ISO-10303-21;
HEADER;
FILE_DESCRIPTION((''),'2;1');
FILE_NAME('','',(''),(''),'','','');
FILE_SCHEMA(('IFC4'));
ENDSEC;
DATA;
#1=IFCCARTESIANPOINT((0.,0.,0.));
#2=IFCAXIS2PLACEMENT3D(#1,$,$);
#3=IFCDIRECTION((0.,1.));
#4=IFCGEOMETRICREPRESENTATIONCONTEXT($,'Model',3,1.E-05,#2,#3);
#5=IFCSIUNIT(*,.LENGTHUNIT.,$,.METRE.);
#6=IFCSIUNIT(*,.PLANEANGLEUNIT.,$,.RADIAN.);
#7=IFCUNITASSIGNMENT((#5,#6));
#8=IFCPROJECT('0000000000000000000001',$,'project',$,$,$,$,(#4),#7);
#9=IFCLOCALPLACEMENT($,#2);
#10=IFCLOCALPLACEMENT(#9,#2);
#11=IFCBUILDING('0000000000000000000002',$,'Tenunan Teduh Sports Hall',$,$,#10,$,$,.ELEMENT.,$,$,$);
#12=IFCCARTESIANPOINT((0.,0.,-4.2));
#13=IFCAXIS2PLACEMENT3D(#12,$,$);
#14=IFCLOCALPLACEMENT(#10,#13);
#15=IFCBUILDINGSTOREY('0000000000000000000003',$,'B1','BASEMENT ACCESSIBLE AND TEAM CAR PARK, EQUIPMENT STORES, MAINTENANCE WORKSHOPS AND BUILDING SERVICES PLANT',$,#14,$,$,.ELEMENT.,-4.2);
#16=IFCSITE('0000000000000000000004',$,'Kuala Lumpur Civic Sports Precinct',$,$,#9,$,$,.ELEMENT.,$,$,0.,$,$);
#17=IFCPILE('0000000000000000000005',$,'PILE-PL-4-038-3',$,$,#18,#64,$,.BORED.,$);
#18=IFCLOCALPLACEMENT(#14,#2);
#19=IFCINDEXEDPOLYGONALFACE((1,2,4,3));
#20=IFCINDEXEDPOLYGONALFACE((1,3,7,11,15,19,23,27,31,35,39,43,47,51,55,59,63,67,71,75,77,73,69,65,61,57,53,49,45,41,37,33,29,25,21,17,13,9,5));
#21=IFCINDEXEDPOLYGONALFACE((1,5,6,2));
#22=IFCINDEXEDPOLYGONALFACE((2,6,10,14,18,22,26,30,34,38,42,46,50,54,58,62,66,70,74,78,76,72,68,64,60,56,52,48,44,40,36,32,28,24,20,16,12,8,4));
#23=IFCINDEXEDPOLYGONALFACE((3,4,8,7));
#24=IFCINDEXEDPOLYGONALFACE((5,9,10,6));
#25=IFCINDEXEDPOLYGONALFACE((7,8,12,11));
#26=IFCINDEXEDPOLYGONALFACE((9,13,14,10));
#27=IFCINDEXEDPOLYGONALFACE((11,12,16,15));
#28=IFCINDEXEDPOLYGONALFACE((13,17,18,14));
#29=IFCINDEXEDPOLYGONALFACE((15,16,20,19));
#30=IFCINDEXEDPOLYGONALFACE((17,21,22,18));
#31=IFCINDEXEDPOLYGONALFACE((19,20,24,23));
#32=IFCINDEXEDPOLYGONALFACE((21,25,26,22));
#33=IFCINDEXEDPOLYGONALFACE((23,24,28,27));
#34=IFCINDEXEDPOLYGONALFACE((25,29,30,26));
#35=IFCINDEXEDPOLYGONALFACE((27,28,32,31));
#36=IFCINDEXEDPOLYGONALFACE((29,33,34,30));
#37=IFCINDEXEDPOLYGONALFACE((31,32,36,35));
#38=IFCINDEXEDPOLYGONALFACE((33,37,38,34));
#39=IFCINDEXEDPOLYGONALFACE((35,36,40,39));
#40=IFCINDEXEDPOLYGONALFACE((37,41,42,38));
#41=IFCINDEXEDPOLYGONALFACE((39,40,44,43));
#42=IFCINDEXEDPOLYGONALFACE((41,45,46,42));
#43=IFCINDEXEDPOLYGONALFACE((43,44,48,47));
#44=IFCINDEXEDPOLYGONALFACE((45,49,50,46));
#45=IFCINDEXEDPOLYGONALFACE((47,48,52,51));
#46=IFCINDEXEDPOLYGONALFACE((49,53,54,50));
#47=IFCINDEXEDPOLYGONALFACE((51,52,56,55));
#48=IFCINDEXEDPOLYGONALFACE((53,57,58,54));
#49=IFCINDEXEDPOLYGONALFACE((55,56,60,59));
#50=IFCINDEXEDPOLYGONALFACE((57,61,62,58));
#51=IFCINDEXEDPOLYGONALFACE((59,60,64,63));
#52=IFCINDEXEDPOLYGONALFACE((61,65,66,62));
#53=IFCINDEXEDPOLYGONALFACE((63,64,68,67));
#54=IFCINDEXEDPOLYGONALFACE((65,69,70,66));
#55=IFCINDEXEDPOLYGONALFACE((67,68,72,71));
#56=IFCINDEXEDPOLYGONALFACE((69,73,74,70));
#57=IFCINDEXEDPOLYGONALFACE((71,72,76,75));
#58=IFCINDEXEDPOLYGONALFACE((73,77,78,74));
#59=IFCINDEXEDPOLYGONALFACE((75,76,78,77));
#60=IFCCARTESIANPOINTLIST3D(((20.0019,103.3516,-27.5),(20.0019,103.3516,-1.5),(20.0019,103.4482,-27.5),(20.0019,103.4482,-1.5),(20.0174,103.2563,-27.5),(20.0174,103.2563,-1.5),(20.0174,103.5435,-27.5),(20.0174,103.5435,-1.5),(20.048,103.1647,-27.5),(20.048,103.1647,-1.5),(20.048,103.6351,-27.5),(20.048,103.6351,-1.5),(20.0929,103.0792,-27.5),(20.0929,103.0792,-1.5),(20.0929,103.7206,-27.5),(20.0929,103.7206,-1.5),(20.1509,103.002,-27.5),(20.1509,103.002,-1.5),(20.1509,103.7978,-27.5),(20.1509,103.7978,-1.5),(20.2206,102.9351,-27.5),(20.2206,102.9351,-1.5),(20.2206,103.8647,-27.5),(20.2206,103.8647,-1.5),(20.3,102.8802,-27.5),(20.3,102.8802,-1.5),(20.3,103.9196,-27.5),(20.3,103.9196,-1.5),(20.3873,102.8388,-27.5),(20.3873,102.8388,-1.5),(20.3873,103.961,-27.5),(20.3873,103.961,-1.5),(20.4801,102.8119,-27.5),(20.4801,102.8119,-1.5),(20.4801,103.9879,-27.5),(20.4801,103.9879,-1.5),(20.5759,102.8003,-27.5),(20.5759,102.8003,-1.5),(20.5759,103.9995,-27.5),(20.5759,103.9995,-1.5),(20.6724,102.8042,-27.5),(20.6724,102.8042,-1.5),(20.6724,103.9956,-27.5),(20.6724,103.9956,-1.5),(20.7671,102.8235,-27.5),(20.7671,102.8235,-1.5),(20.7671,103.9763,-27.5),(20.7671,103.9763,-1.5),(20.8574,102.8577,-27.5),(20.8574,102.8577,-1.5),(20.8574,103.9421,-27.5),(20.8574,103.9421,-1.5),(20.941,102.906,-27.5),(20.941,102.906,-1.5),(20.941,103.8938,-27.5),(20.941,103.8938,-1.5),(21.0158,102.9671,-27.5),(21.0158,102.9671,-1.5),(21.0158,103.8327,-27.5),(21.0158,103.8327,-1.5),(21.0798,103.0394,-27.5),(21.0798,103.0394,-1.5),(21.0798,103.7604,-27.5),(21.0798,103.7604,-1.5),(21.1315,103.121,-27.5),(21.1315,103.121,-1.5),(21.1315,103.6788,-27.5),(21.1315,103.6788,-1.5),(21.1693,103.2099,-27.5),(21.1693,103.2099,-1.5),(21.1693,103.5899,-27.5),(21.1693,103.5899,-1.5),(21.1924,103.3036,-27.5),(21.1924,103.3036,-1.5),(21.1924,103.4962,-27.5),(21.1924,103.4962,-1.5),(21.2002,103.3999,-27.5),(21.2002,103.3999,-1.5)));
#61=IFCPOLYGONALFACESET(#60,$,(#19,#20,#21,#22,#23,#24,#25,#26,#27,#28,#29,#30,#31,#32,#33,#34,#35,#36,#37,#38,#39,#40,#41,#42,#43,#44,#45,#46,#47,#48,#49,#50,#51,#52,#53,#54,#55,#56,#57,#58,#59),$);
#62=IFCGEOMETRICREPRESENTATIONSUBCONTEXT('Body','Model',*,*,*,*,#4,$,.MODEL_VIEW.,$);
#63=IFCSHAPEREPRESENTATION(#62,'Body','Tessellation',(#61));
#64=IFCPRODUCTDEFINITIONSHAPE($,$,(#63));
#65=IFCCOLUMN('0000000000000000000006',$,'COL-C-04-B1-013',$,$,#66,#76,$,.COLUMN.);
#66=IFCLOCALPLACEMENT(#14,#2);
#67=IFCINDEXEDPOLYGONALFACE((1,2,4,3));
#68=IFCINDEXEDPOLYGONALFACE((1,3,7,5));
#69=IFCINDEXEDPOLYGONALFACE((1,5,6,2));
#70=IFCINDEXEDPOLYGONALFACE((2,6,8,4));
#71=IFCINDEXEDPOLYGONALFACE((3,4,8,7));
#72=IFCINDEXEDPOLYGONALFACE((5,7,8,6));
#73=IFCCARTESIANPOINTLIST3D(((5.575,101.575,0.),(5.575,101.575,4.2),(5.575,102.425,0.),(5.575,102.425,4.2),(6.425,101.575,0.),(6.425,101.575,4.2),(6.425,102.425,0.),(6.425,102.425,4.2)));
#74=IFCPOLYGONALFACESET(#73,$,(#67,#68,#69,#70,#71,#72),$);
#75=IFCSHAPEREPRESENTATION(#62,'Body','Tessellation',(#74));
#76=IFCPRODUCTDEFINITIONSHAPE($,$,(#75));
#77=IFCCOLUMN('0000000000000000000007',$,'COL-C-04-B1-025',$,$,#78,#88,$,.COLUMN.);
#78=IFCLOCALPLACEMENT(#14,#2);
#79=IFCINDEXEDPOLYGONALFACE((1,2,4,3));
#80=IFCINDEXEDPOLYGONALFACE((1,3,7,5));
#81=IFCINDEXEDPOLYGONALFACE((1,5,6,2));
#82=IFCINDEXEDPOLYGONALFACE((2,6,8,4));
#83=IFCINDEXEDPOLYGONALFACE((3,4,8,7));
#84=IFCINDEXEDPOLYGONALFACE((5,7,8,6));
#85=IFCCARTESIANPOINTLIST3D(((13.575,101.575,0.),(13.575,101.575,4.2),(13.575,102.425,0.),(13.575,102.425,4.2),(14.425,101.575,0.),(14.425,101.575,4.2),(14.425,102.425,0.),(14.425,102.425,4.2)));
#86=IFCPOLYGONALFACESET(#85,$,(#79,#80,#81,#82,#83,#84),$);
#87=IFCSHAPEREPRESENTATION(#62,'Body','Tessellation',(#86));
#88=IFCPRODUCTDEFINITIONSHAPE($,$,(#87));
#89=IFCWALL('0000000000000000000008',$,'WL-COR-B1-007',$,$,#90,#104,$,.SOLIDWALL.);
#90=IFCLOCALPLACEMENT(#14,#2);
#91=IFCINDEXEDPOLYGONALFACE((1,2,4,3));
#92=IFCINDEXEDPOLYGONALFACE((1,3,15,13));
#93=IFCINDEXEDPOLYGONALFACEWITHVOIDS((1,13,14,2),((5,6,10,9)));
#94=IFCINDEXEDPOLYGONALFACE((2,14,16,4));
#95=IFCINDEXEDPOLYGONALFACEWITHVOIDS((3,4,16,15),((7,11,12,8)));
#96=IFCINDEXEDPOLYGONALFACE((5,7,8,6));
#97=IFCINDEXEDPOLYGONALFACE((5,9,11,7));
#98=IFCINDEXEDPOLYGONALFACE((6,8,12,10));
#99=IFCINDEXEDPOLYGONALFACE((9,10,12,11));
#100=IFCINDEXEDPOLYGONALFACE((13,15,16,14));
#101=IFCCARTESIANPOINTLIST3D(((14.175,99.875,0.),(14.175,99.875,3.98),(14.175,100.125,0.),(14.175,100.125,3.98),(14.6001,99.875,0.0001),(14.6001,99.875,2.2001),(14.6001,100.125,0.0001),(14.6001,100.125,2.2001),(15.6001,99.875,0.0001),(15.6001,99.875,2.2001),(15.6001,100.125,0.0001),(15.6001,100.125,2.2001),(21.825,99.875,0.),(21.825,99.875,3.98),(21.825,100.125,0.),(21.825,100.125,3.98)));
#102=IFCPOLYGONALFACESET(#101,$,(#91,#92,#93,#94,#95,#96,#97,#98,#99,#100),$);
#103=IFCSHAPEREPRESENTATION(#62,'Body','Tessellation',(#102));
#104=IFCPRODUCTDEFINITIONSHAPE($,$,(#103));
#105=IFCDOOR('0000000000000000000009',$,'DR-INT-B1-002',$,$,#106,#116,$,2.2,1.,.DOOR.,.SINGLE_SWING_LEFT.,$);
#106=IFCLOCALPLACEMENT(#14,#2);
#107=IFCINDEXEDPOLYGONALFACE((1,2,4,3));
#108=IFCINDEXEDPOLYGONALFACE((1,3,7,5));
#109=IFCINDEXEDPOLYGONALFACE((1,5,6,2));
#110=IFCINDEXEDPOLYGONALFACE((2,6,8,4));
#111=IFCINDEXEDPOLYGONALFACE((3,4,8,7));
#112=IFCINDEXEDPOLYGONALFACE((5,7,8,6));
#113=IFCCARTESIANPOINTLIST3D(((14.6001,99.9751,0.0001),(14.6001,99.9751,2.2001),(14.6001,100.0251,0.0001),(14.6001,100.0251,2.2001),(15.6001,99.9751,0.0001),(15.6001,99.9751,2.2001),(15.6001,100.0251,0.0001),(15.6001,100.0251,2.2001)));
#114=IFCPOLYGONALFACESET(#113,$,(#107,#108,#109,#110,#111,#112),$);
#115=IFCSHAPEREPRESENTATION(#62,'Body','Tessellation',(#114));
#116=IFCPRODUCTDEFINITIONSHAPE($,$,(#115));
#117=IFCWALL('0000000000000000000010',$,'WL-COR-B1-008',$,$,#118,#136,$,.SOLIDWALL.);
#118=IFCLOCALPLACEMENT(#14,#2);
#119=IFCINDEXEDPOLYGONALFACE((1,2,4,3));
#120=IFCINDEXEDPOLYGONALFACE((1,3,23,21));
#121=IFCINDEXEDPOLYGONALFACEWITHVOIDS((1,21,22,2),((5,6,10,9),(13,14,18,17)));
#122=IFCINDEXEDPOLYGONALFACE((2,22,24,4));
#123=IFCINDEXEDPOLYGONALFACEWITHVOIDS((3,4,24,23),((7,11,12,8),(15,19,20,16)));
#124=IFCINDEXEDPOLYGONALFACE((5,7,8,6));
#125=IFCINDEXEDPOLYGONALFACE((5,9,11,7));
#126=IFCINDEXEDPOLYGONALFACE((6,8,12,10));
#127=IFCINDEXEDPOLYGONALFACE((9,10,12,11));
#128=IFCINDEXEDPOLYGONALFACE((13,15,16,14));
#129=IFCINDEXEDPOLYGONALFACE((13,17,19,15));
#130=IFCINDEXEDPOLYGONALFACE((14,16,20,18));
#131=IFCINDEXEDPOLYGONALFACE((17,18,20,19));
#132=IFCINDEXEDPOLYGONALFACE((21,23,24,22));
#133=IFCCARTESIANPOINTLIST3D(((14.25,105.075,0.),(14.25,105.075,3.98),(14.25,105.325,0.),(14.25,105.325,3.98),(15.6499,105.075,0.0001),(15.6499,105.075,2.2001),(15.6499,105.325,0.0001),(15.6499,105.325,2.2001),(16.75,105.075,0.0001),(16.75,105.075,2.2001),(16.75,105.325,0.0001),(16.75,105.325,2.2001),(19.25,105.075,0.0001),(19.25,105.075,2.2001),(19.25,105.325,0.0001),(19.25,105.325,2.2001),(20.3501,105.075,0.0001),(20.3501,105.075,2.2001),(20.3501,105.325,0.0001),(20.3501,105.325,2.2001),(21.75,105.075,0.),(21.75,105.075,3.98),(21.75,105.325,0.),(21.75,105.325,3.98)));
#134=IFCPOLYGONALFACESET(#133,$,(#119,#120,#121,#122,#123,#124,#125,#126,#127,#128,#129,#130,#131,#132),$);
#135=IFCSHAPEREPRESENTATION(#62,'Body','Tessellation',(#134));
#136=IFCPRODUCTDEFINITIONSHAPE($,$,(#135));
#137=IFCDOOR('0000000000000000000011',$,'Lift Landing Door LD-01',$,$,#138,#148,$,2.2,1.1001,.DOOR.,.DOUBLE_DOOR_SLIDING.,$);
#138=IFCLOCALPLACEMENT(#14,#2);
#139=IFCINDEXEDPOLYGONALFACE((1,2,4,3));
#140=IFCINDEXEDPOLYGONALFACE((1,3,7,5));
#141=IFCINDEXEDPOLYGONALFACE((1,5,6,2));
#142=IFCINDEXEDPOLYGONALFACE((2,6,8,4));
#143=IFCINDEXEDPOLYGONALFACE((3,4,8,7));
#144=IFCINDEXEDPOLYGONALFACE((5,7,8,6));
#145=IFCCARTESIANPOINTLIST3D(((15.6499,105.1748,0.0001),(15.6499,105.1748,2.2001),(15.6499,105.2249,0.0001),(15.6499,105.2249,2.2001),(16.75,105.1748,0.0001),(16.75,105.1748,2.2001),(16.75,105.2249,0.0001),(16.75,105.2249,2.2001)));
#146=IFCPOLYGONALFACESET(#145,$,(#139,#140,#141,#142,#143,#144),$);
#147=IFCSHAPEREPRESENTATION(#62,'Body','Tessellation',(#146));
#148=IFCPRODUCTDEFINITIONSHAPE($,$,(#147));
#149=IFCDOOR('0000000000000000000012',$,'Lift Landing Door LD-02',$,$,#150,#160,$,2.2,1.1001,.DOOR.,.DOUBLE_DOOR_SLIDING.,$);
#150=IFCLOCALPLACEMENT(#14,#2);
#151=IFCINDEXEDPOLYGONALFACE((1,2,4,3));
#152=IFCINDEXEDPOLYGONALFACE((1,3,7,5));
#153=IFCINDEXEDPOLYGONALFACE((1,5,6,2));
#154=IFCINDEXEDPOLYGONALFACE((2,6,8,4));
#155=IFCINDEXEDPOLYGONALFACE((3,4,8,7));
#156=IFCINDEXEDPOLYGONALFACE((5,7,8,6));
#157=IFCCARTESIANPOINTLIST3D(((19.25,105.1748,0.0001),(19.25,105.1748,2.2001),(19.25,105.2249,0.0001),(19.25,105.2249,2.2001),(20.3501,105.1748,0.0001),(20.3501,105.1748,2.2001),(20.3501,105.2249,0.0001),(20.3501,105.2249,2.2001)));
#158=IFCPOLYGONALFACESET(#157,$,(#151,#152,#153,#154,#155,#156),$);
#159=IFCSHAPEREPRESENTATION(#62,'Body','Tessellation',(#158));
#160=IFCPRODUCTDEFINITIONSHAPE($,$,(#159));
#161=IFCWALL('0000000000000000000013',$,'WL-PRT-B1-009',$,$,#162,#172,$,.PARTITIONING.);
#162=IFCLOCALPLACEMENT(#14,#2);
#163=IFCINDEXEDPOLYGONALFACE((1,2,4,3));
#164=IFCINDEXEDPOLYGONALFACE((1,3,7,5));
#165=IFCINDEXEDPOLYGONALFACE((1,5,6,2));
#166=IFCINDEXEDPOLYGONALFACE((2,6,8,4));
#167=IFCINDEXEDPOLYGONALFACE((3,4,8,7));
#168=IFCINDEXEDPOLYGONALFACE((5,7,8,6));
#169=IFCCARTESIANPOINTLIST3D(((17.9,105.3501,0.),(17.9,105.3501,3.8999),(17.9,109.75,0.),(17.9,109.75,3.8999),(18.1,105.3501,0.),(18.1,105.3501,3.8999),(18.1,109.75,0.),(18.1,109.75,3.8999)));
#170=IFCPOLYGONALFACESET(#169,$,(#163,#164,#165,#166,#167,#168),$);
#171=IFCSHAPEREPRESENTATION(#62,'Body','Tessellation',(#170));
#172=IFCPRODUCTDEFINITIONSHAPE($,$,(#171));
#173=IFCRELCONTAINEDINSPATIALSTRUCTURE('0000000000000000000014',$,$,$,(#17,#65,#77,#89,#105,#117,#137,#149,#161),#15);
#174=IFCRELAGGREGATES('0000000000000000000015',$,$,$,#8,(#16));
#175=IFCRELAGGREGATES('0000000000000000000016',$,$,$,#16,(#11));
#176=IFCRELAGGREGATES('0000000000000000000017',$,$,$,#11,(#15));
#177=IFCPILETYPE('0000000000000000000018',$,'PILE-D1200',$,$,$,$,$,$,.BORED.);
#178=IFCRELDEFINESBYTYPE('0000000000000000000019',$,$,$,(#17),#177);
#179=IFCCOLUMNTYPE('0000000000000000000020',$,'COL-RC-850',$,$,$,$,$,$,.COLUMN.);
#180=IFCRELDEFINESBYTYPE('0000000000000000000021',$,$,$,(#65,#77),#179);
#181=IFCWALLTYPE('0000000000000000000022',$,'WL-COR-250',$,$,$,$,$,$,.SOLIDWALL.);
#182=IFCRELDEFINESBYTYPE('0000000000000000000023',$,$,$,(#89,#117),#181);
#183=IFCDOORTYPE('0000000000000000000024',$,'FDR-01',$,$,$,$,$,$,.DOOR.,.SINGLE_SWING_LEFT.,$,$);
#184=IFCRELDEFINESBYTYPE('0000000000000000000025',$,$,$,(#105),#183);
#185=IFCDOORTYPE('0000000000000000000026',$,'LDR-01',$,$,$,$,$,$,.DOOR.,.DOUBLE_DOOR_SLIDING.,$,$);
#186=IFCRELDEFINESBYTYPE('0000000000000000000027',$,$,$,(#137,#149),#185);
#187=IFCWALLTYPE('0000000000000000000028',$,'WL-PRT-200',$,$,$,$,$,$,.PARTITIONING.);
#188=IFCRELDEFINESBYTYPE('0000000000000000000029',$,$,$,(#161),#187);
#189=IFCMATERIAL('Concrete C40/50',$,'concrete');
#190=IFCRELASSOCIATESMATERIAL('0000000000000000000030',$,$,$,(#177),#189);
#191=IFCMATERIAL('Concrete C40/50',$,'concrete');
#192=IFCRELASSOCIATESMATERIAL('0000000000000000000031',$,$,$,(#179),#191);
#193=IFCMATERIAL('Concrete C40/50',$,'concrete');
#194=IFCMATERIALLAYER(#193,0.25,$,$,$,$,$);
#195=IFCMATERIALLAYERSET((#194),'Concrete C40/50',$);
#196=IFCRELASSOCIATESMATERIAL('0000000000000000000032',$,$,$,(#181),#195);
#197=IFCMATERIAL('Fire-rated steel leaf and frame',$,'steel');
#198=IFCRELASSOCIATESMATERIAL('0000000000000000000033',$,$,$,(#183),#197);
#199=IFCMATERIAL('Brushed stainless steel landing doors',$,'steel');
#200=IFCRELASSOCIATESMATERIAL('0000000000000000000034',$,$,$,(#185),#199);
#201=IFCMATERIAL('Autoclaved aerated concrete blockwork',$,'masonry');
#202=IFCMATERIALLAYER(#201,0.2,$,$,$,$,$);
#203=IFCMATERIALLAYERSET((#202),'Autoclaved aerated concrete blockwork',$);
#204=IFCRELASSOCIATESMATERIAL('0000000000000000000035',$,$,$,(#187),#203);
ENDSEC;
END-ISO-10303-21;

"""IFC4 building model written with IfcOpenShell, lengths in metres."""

from ifc_helpers import new_model, si_unit, direction, frame, frame_2d, origin, origin_2d, place, context, subcontext, project, spatial, rectangle, circle, extrude, material, layer, layer_set, material_profile, profile_set, type_object, element, fill, save


model = new_model("IFC4")

# Units and contexts
model_context = context("Model", 3, precision=1e-05, world=origin(), true_north=direction((0.0, 1.0)))
body_context = subcontext(model_context, "Body", "Model", "MODEL_VIEW")
ifc_project = project(units=[si_unit("LENGTHUNIT", "METRE"), si_unit("PLANEANGLEUNIT", "RADIAN")], contexts=[model_context])

# Site, building, storey
site_placement = place(None, origin())
site = spatial("IfcSite", under=ifc_project, at=site_placement, Name="Kuala Lumpur Civic Sports Precinct", CompositionType="ELEMENT", RefElevation=0.0)
building_placement = place(site_placement, origin())
building = spatial("IfcBuilding", under=site, at=building_placement, Name="Tenunan Teduh Sports Hall", CompositionType="ELEMENT")
storey_placement = place(building_placement, frame((0.0, 0.0, -4.2)))
storey = spatial("IfcBuildingStorey", under=building, at=storey_placement, Name="B1", Description="BASEMENT ACCESSIBLE AND TEAM CAR PARK, EQUIPMENT STORES, MAINTENANCE WORKSHOPS AND BUILDING SERVICES PLANT", CompositionType="ELEMENT", Elevation=-4.2)

# Pile
ifc_material_1 = material(Name="Concrete C40/50", Category="concrete")
ifc_material_profile_1 = material_profile(ifc_material_1, circle(Radius=0.6001, at=origin_2d()), Name="PILE D1200")
ifc_profile_set_1 = profile_set([ifc_material_profile_1], Name="Concrete C40/50")
pile_type = type_object("IfcPileType", Name="PILE-D1200", PredefinedType="BORED", material=ifc_profile_set_1)
for number, where, z_axis, x_axis, name in (
    (1, (20.6001, 103.3999, -1.5), (0.0, 0.0, -1.0), (1.0, 0.0, 0.0), "PILE-PL-4-038-3"),
):
    element("IfcPile", number, at=place(storey_placement, frame(where, z_axis=z_axis, x_axis=x_axis)), inside=storey, type_object=pile_type, Name=name, PredefinedType="BORED", context=body_context, shape_type="SweptSolid", body=[
        extrude(circle(Radius=0.6001, at=origin_2d()), origin(), (0.0, 0.0, 1.0), 26.0),
    ])

# Columns
ifc_material_2 = material(Name="Concrete C40/50", Category="concrete")
ifc_material_profile_2 = material_profile(ifc_material_2, rectangle(XDim=0.8501, YDim=0.8501, at=origin_2d()), Name="RC 850x850")
ifc_profile_set_2 = profile_set([ifc_material_profile_2], Name="Concrete C40/50")
column_type = type_object("IfcColumnType", Name="COL-RC-850", PredefinedType="COLUMN", material=ifc_profile_set_2)
for number, where, z_axis, x_axis, name in (
    (2, (6.0, 102.0, 0.0), (0.0, 0.0, 1.0), (1.0, 0.0, 0.0), "COL-C-04-B1-013"),
    (3, (14.0, 102.0, 0.0), (0.0, 0.0, 1.0), (1.0, 0.0, 0.0), "COL-C-04-B1-025"),
):
    element("IfcColumn", number, at=place(storey_placement, frame(where, z_axis=z_axis, x_axis=x_axis)), inside=storey, type_object=column_type, Name=name, PredefinedType="COLUMN", context=body_context, shape_type="SweptSolid", body=[
        extrude(rectangle(XDim=0.8501, YDim=0.8501, at=origin_2d()), origin(), (0.0, 0.0, 1.0), 4.2),
    ])

# Wall, opening, door
ifc_material_3 = material(Name="Concrete C40/50", Category="concrete")
ifc_layer_1 = layer(ifc_material_3, 0.25)
ifc_layer_set_1 = layer_set([ifc_layer_1], Name="Concrete C40/50")
wall_type_1 = type_object("IfcWallType", Name="WL-COR-250", PredefinedType="SOLIDWALL", material=ifc_layer_set_1)
wall_1_placement = place(storey_placement, frame((14.175, 100.0, 0.0), z_axis=(0.0, 0.0, 1.0), x_axis=(1.0, 0.0, 0.0)))
wall_1 = element("IfcWall", 4, at=wall_1_placement, inside=storey, type_object=wall_type_1, Name="WL-COR-B1-007", PredefinedType="SOLIDWALL", context=body_context, shape_type="SweptSolid", body=[
    extrude(rectangle(XDim=7.6499, YDim=0.25, at=frame_2d((3.825, 0.0))), origin(), (0.0, 0.0, 1.0), 3.98),
])
opening_1_placement = place(wall_1_placement, frame((0.425, 0.0, 0.0)))
opening_1 = element("IfcOpeningElement", 5, at=opening_1_placement, cuts=wall_1, PredefinedType="OPENING", context=body_context, shape_type="SweptSolid", body=[
    extrude(rectangle(XDim=1.0, YDim=2.2, at=frame_2d((0.5, 1.1001))), frame((0.0, 0.135, 0.0), z_axis=(0.0, -1.0, 0.0), x_axis=(1.0, 0.0, 0.0)), (0.0, 0.0, 1.0), 0.27),
])
ifc_material_4 = material(Name="Fire-rated steel leaf and frame", Category="steel")
door_type_1 = type_object("IfcDoorType", Name="FDR-01", OperationType="SINGLE_SWING_LEFT", PredefinedType="DOOR", material=ifc_material_4)
door_1_placement = place(opening_1_placement, frame((1.0, 0.0, 0.0), z_axis=(0.0, 0.0, 1.0), x_axis=(-1.0, 0.0, 0.0)))
door_1 = element("IfcDoor", 6, at=door_1_placement, inside=storey, type_object=door_type_1, Name="DR-INT-B1-002", OperationType="SINGLE_SWING_LEFT", OverallHeight=2.2, OverallWidth=1.0, PredefinedType="DOOR", context=body_context, shape_type="SweptSolid", body=[
    extrude(rectangle(XDim=1.0, YDim=2.2, at=frame_2d((0.5, 1.1001))), frame((0.0, 0.0249, 0.0), z_axis=(0.0, -1.0, 0.0), x_axis=(1.0, 0.0, 0.0)), (0.0, 0.0, 1.0), 0.05),
])
fill(opening_1, door_1)

# Wall, openings, doors
wall_2_placement = place(storey_placement, frame((14.25, 105.2, 0.0), z_axis=(0.0, 0.0, 1.0), x_axis=(1.0, 0.0, 0.0)))
wall_2 = element("IfcWall", 7, at=wall_2_placement, inside=storey, type_object=wall_type_1, Name="WL-COR-B1-008", PredefinedType="SOLIDWALL", context=body_context, shape_type="SweptSolid", body=[
    extrude(rectangle(XDim=7.5, YDim=0.25, at=frame_2d((3.75, 0.0))), origin(), (0.0, 0.0, 1.0), 3.98),
])
opening_2_placement = place(wall_2_placement, frame((1.3999, 0.0, 0.0)))
opening_2 = element("IfcOpeningElement", 8, at=opening_2_placement, cuts=wall_2, PredefinedType="OPENING", context=body_context, shape_type="SweptSolid", body=[
    extrude(rectangle(XDim=1.1001, YDim=2.2, at=frame_2d((0.55, 1.1001))), frame((0.0, 0.135, 0.0), z_axis=(0.0, -1.0, 0.0), x_axis=(1.0, 0.0, 0.0)), (0.0, 0.0, 1.0), 0.27),
])
opening_3_placement = place(wall_2_placement, frame((5.0, 0.0, 0.0)))
opening_3 = element("IfcOpeningElement", 9, at=opening_3_placement, cuts=wall_2, PredefinedType="OPENING", context=body_context, shape_type="SweptSolid", body=[
    extrude(rectangle(XDim=1.1001, YDim=2.2, at=frame_2d((0.55, 1.1001))), frame((0.0, 0.135, 0.0), z_axis=(0.0, -1.0, 0.0), x_axis=(1.0, 0.0, 0.0)), (0.0, 0.0, 1.0), 0.27),
])
ifc_material_5 = material(Name="Brushed stainless steel landing doors", Category="steel")
door_type_2 = type_object("IfcDoorType", Name="LDR-01", OperationType="DOUBLE_DOOR_SLIDING", PredefinedType="DOOR", material=ifc_material_5)
door_2_placement = place(opening_2_placement, origin())
door_2 = element("IfcDoor", 10, at=door_2_placement, inside=storey, type_object=door_type_2, Name="Lift Landing Door LD-01", OperationType="DOUBLE_DOOR_SLIDING", OverallHeight=2.2, OverallWidth=1.1001, PredefinedType="DOOR", context=body_context, shape_type="SweptSolid", body=[
    extrude(rectangle(XDim=1.1001, YDim=2.2, at=frame_2d((0.55, 1.1001))), frame((0.0, 0.0249, 0.0), z_axis=(0.0, -1.0, 0.0), x_axis=(1.0, 0.0, 0.0)), (0.0, 0.0, 1.0), 0.05),
])
fill(opening_2, door_2)
door_3_placement = place(opening_3_placement, origin())
door_3 = element("IfcDoor", 11, at=door_3_placement, inside=storey, type_object=door_type_2, Name="Lift Landing Door LD-02", OperationType="DOUBLE_DOOR_SLIDING", OverallHeight=2.2, OverallWidth=1.1001, PredefinedType="DOOR", context=body_context, shape_type="SweptSolid", body=[
    extrude(rectangle(XDim=1.1001, YDim=2.2, at=frame_2d((0.55, 1.1001))), frame((0.0, 0.0249, 0.0), z_axis=(0.0, -1.0, 0.0), x_axis=(1.0, 0.0, 0.0)), (0.0, 0.0, 1.0), 0.05),
])
fill(opening_3, door_3)

# Wall
ifc_material_6 = material(Name="Autoclaved aerated concrete blockwork", Category="masonry")
ifc_layer_2 = layer(ifc_material_6, 0.2)
ifc_layer_set_2 = layer_set([ifc_layer_2], Name="Autoclaved aerated concrete blockwork")
wall_type_2 = type_object("IfcWallType", Name="WL-PRT-200", PredefinedType="PARTITIONING", material=ifc_layer_set_2)
wall_3_placement = place(storey_placement, frame((18.0, 105.3501, 0.0), z_axis=(0.0, 0.0, 1.0), x_axis=(0.0, 1.0, 0.0)))
element("IfcWall", 12, at=wall_3_placement, inside=storey, type_object=wall_type_2, Name="WL-PRT-B1-009", PredefinedType="PARTITIONING", context=body_context, shape_type="SweptSolid", body=[
    extrude(rectangle(XDim=4.3999, YDim=0.2, at=frame_2d((2.2, 0.0))), origin(), (0.0, 0.0, 1.0), 3.8999),
])

save(model, "model.ifc")
